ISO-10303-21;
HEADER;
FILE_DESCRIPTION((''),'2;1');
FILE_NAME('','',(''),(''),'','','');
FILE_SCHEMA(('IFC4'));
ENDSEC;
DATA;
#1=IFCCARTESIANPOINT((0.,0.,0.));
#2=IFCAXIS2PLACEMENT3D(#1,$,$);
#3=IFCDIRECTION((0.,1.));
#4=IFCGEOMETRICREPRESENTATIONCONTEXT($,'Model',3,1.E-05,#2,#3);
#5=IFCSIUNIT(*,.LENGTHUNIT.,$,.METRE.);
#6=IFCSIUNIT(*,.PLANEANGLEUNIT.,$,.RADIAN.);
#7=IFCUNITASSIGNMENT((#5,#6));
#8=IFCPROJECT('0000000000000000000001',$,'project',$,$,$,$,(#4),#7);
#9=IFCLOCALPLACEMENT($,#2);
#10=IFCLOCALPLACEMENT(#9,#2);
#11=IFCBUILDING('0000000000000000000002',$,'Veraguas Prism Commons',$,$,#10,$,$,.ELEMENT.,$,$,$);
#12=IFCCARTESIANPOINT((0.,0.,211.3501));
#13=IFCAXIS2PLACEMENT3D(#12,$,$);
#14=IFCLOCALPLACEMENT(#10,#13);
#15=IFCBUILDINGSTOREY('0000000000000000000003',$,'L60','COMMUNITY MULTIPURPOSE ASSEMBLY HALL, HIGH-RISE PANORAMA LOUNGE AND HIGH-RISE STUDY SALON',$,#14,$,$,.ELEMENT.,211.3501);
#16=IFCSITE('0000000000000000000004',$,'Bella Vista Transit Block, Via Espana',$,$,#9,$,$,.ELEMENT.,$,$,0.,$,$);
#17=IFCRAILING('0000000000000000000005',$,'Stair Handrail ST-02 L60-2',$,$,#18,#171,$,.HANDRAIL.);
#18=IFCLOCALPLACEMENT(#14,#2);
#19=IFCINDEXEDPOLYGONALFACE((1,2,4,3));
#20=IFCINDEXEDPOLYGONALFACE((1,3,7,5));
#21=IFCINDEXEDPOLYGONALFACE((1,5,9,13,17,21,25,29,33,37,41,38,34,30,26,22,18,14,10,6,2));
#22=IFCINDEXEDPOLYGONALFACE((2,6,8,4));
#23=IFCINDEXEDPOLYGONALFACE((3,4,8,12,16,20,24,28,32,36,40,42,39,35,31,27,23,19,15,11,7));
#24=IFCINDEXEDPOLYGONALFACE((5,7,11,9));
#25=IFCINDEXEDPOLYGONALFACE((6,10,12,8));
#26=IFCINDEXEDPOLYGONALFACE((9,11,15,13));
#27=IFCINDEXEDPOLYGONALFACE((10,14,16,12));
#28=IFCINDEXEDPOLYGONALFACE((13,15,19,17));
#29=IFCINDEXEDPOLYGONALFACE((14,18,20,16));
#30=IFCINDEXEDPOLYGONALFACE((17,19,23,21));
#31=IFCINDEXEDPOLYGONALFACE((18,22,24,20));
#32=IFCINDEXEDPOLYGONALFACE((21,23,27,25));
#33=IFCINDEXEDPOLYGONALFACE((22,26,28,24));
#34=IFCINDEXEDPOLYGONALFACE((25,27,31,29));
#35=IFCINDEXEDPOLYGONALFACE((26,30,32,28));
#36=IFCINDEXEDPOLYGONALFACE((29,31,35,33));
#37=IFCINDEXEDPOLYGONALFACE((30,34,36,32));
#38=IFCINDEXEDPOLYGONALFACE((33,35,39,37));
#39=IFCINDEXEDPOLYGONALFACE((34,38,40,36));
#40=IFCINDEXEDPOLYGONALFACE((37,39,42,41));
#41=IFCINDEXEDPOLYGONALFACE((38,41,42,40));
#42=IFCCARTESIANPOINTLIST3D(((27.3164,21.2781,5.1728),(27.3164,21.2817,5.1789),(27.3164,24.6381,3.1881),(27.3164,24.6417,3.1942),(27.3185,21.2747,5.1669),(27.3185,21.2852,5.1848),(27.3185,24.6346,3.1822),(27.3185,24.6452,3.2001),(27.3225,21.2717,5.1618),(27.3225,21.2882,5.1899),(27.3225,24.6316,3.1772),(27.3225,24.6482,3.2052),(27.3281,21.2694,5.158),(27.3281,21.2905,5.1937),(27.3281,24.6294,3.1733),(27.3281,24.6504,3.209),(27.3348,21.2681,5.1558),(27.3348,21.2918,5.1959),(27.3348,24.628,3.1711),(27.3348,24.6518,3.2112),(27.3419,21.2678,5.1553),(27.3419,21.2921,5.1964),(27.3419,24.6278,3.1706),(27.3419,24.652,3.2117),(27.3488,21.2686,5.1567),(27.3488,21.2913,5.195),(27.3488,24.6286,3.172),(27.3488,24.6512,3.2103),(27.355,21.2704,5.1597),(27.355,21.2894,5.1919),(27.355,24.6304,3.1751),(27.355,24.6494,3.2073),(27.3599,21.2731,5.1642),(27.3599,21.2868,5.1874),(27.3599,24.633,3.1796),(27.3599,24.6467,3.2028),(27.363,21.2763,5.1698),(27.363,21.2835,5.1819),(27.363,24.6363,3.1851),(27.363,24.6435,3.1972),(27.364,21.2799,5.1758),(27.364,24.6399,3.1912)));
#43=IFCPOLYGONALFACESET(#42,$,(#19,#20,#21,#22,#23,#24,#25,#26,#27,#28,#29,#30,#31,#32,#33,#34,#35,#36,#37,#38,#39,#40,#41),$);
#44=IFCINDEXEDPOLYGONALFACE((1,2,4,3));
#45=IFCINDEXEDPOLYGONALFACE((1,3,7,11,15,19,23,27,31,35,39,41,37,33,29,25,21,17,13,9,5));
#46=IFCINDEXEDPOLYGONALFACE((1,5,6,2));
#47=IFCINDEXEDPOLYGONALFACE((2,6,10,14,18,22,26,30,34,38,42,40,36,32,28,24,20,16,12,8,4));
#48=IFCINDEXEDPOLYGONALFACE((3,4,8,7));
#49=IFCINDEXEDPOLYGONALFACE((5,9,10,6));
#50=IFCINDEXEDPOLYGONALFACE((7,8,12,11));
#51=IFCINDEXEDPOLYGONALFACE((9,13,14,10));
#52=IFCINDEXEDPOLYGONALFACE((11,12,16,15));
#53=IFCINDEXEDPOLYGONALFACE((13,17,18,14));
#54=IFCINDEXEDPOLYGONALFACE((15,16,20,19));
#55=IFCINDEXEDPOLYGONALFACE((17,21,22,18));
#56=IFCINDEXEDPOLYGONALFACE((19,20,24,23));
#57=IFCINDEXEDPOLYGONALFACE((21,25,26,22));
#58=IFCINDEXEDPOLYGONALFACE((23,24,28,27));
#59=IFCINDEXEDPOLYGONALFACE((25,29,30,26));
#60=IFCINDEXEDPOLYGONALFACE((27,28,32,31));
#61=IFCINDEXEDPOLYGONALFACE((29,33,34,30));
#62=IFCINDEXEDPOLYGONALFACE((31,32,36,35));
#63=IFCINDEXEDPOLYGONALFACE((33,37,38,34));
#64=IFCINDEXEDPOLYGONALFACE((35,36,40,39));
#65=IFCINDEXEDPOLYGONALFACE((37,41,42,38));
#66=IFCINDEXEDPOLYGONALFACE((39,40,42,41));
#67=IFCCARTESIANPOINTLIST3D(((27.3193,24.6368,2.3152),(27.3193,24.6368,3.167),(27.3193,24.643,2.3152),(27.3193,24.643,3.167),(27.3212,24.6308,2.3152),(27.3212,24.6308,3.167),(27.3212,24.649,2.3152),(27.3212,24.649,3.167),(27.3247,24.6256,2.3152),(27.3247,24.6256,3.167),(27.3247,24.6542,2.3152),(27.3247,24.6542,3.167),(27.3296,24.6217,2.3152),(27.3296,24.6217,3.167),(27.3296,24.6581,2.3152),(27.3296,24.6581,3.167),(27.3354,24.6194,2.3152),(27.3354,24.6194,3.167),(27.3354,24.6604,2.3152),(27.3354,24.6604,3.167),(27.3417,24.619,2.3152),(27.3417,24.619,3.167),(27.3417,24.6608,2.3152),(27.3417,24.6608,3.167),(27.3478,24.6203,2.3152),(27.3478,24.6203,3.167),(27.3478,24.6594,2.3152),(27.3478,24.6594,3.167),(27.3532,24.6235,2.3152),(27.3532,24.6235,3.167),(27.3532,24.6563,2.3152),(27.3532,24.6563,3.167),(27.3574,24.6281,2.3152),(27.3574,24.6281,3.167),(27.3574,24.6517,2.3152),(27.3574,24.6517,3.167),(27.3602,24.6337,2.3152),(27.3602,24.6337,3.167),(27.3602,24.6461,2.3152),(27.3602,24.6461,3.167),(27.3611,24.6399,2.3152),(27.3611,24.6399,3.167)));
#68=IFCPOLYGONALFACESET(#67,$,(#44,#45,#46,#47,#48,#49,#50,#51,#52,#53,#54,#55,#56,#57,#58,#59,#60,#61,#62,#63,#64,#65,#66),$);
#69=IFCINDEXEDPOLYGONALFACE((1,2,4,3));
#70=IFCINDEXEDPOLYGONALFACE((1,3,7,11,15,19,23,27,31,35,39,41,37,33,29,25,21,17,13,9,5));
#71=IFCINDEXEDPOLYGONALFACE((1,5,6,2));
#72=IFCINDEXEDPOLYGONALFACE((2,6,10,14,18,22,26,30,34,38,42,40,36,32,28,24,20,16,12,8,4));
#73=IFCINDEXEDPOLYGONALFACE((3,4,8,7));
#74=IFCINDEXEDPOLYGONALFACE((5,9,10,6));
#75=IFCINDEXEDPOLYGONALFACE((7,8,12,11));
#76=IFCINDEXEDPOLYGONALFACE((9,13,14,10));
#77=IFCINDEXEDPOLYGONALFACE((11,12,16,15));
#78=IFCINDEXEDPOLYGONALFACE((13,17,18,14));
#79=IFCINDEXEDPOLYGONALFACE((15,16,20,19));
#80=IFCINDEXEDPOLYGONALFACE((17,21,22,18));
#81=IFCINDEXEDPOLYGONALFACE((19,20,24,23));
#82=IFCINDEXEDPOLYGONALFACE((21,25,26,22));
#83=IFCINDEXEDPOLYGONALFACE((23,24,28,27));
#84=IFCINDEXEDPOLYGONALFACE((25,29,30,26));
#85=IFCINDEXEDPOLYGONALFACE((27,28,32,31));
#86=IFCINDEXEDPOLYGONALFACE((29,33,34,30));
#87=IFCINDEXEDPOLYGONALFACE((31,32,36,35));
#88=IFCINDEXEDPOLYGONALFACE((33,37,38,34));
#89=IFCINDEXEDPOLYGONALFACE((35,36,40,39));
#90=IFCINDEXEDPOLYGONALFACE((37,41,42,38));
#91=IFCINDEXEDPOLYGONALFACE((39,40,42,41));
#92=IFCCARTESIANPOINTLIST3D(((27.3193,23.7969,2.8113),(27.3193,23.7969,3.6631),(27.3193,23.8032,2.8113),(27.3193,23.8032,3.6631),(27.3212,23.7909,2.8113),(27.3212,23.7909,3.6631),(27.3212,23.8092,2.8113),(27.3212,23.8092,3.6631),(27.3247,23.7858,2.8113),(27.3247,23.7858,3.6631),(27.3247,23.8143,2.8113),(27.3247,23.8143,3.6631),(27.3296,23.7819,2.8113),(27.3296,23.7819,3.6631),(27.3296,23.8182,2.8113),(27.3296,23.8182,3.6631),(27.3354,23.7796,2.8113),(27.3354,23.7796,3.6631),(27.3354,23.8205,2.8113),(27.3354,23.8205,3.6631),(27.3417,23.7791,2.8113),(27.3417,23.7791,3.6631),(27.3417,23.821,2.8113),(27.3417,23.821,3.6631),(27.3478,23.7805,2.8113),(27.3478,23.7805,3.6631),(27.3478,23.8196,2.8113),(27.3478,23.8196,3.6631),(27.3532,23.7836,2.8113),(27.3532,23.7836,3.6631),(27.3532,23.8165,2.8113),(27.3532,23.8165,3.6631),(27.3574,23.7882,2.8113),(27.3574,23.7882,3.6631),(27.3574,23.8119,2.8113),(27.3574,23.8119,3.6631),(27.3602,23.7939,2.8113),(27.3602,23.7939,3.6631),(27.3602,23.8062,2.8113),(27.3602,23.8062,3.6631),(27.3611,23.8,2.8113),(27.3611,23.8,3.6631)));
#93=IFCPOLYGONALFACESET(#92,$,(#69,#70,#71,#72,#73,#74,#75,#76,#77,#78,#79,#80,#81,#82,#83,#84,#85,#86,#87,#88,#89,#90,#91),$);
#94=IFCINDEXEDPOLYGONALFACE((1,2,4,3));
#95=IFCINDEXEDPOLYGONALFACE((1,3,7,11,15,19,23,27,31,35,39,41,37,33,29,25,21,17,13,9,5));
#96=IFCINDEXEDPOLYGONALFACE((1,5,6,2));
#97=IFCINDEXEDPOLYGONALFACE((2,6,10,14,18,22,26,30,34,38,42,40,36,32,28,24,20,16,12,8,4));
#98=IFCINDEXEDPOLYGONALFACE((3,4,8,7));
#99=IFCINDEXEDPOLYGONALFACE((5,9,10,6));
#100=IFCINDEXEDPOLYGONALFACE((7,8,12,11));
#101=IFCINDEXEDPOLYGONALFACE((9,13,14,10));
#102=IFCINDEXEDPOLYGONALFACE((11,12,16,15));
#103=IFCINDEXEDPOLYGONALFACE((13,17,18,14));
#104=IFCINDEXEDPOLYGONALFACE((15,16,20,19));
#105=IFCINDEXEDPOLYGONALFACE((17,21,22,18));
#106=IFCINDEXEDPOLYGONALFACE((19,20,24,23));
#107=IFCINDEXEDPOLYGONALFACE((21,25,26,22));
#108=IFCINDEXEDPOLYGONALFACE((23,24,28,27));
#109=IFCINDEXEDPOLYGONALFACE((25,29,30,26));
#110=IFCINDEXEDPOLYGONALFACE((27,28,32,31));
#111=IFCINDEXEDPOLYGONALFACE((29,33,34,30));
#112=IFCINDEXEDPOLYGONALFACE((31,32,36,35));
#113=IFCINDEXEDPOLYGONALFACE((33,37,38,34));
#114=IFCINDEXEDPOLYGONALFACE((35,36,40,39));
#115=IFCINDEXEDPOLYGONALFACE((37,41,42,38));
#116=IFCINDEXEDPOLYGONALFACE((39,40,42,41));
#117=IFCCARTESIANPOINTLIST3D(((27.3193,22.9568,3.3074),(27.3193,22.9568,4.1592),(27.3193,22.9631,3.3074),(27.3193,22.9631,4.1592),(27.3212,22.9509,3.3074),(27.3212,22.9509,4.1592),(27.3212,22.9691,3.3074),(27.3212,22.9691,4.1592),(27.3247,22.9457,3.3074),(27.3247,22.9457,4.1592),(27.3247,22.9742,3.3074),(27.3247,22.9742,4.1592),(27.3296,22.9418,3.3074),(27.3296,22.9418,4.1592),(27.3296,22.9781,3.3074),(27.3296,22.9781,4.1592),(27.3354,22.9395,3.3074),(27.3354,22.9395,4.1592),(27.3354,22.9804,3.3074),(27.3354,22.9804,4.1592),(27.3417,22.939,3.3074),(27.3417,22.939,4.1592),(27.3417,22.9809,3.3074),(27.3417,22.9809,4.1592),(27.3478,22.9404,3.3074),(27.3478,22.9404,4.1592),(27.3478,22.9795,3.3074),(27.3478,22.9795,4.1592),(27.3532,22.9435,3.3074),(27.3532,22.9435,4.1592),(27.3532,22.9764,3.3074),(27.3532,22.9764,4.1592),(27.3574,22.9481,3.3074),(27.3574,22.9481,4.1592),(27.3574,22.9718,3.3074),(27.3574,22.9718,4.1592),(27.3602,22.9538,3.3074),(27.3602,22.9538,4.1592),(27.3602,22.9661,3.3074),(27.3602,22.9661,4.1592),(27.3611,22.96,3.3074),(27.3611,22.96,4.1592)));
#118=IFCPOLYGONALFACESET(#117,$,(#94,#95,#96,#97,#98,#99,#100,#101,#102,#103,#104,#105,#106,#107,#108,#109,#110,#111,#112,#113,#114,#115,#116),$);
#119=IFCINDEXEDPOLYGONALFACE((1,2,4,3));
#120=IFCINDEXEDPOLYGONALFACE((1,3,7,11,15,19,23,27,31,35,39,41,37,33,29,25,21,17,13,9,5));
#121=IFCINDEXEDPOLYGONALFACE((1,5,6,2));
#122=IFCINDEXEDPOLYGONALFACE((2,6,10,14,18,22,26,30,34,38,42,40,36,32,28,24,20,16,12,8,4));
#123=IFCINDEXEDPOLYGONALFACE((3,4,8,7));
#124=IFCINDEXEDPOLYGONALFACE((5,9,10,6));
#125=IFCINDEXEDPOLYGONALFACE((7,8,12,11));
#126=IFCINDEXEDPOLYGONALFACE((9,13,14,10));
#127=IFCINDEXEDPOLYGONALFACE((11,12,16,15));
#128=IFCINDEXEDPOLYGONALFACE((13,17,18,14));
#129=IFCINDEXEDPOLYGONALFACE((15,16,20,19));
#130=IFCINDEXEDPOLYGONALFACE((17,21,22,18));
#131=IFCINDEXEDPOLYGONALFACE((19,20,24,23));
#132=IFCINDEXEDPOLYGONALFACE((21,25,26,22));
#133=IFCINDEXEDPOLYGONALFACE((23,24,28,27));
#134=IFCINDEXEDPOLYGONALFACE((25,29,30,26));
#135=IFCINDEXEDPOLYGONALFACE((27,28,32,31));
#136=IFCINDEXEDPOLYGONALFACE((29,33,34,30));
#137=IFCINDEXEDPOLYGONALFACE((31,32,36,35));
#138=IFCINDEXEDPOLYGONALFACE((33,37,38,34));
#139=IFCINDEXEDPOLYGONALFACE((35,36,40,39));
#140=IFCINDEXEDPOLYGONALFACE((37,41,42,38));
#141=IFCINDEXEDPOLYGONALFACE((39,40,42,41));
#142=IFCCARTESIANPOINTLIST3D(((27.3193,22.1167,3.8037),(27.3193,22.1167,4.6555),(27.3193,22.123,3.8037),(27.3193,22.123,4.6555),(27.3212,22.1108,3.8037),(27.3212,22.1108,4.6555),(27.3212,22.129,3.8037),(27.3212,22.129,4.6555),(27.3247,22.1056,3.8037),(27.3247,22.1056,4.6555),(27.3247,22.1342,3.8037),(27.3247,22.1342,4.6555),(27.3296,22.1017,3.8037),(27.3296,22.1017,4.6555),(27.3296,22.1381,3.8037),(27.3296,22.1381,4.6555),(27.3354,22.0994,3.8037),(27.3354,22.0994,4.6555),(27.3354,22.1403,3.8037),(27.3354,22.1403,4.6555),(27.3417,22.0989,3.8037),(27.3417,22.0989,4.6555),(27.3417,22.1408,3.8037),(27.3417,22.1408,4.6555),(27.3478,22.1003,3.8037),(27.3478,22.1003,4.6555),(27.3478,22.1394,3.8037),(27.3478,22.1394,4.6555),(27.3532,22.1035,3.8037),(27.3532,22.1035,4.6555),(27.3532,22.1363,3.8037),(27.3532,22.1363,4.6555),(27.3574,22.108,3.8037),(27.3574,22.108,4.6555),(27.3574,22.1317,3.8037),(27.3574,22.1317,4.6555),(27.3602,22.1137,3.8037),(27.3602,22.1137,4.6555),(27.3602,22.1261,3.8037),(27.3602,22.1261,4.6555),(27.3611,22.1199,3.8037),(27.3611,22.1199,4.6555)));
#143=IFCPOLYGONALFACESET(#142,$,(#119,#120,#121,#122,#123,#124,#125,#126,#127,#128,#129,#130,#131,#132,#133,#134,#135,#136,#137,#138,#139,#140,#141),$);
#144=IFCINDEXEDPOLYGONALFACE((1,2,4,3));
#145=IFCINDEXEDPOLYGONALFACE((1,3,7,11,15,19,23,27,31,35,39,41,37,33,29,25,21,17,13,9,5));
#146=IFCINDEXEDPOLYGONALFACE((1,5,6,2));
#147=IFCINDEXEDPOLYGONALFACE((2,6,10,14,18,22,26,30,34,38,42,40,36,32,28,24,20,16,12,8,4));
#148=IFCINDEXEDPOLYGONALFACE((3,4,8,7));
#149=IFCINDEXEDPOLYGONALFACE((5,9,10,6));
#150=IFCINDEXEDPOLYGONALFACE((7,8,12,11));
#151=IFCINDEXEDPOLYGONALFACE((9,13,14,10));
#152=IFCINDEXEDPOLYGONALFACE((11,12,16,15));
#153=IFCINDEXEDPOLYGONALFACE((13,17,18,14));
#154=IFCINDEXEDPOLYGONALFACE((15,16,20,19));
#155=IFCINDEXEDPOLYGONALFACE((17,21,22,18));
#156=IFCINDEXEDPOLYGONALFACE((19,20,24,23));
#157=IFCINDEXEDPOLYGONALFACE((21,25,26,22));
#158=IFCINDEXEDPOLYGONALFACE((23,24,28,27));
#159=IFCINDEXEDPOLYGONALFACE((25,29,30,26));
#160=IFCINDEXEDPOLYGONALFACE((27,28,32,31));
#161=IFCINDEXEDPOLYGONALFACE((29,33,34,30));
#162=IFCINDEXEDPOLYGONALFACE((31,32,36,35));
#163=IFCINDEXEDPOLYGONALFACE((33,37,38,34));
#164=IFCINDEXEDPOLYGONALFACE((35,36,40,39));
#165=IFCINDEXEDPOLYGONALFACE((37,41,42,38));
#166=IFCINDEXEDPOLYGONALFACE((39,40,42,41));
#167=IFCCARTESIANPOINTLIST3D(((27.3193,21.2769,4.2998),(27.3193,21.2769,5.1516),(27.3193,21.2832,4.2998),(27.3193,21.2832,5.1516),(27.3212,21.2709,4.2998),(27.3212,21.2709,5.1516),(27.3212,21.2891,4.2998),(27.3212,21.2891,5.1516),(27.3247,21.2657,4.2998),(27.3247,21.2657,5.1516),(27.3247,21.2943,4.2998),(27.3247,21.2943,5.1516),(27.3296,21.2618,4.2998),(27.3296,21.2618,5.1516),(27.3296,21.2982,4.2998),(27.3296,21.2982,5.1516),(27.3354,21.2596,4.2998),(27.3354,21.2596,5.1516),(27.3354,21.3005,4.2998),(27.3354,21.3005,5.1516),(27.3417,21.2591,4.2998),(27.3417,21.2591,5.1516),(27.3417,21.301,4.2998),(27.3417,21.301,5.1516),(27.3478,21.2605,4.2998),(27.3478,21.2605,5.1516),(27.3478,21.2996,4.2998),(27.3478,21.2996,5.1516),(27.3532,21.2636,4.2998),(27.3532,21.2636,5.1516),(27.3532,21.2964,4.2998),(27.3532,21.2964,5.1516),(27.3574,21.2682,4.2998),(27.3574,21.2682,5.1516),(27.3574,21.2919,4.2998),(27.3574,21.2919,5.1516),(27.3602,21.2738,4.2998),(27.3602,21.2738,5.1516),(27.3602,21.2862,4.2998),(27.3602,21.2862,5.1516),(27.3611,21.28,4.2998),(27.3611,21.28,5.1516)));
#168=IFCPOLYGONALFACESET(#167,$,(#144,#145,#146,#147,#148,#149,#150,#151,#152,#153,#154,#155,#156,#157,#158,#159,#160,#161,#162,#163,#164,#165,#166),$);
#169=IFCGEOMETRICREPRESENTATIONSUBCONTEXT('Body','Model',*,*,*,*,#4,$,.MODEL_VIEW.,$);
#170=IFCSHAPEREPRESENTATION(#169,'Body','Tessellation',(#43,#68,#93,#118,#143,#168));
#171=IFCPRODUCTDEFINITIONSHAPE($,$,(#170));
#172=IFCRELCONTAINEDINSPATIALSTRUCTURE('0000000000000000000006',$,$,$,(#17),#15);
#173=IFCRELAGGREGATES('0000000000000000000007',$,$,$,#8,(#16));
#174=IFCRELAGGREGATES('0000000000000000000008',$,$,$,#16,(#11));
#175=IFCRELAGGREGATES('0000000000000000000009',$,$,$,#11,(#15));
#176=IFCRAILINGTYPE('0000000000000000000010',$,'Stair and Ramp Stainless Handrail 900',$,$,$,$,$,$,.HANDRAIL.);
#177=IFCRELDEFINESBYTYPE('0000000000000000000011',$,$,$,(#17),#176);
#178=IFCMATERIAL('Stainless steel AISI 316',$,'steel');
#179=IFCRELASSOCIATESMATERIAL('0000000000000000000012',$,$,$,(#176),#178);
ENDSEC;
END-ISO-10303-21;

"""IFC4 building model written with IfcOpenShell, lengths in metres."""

from ifc_helpers import new_model, si_unit, direction, frame, origin, origin_2d, place, context, subcontext, project, spatial, circle, extrude, material, type_object, element, save


model = new_model("IFC4")

# Units and contexts
model_context = context("Model", 3, precision=1e-05, world=origin(), true_north=direction((0.0, 1.0)))
body_context = subcontext(model_context, "Body", "Model", "MODEL_VIEW")
ifc_project = project(units=[si_unit("LENGTHUNIT", "METRE"), si_unit("PLANEANGLEUNIT", "RADIAN")], contexts=[model_context])

# Site, building, storey
site_placement = place(None, origin())
site = spatial("IfcSite", under=ifc_project, at=site_placement, Name="Bella Vista Transit Block, Via Espana", CompositionType="ELEMENT", RefElevation=0.0)
building_placement = place(site_placement, origin())
building = spatial("IfcBuilding", under=site, at=building_placement, Name="Veraguas Prism Commons", CompositionType="ELEMENT")
storey_placement = place(building_placement, frame((0.0, 0.0, 211.3501)))
storey = spatial("IfcBuildingStorey", under=building, at=storey_placement, Name="L60", Description="COMMUNITY MULTIPURPOSE ASSEMBLY HALL, HIGH-RISE PANORAMA LOUNGE AND HIGH-RISE STUDY SALON", CompositionType="ELEMENT", Elevation=211.3501)

# Railing
ifc_material_1 = material(Name="Stainless steel AISI 316", Category="steel")
railing_type_1 = type_object("IfcRailingType", Name="Stair and Ramp Stainless Handrail 900", PredefinedType="HANDRAIL", material=ifc_material_1)
railing_1_placement = place(storey_placement, frame((27.3401, 24.6399, 2.3152)))
element("IfcRailing", 1, at=railing_1_placement, inside=storey, type_object=railing_type_1, Name="Stair Handrail ST-02 L60-2", PredefinedType="HANDRAIL", context=body_context, shape_type="SweptSolid", body=[
    extrude(circle(Radius=0.0239, at=origin_2d()), frame((0.0, 0.0, 0.876), z_axis=(0.0, -0.861011, 0.508586), x_axis=(1.0, 0.0, 0.0)), (0.0, 0.0, 1.0), 3.9023),
    extrude(circle(Radius=0.021, at=origin_2d()), origin(), (0.0, 0.0, 1.0), 0.8518),
    extrude(circle(Radius=0.021, at=origin_2d()), frame((0.0, -0.8398, 0.4961)), (0.0, 0.0, 1.0), 0.8518),
    extrude(circle(Radius=0.021, at=origin_2d()), frame((0.0, -1.6799, 0.9922)), (0.0, 0.0, 1.0), 0.8518),
    extrude(circle(Radius=0.021, at=origin_2d()), frame((0.0, -2.52, 1.4885)), (0.0, 0.0, 1.0), 0.8518),
    extrude(circle(Radius=0.021, at=origin_2d()), frame((0.0, -3.3599, 1.9846)), (0.0, 0.0, 1.0), 0.8518),
])

save(model, "model.ifc")
